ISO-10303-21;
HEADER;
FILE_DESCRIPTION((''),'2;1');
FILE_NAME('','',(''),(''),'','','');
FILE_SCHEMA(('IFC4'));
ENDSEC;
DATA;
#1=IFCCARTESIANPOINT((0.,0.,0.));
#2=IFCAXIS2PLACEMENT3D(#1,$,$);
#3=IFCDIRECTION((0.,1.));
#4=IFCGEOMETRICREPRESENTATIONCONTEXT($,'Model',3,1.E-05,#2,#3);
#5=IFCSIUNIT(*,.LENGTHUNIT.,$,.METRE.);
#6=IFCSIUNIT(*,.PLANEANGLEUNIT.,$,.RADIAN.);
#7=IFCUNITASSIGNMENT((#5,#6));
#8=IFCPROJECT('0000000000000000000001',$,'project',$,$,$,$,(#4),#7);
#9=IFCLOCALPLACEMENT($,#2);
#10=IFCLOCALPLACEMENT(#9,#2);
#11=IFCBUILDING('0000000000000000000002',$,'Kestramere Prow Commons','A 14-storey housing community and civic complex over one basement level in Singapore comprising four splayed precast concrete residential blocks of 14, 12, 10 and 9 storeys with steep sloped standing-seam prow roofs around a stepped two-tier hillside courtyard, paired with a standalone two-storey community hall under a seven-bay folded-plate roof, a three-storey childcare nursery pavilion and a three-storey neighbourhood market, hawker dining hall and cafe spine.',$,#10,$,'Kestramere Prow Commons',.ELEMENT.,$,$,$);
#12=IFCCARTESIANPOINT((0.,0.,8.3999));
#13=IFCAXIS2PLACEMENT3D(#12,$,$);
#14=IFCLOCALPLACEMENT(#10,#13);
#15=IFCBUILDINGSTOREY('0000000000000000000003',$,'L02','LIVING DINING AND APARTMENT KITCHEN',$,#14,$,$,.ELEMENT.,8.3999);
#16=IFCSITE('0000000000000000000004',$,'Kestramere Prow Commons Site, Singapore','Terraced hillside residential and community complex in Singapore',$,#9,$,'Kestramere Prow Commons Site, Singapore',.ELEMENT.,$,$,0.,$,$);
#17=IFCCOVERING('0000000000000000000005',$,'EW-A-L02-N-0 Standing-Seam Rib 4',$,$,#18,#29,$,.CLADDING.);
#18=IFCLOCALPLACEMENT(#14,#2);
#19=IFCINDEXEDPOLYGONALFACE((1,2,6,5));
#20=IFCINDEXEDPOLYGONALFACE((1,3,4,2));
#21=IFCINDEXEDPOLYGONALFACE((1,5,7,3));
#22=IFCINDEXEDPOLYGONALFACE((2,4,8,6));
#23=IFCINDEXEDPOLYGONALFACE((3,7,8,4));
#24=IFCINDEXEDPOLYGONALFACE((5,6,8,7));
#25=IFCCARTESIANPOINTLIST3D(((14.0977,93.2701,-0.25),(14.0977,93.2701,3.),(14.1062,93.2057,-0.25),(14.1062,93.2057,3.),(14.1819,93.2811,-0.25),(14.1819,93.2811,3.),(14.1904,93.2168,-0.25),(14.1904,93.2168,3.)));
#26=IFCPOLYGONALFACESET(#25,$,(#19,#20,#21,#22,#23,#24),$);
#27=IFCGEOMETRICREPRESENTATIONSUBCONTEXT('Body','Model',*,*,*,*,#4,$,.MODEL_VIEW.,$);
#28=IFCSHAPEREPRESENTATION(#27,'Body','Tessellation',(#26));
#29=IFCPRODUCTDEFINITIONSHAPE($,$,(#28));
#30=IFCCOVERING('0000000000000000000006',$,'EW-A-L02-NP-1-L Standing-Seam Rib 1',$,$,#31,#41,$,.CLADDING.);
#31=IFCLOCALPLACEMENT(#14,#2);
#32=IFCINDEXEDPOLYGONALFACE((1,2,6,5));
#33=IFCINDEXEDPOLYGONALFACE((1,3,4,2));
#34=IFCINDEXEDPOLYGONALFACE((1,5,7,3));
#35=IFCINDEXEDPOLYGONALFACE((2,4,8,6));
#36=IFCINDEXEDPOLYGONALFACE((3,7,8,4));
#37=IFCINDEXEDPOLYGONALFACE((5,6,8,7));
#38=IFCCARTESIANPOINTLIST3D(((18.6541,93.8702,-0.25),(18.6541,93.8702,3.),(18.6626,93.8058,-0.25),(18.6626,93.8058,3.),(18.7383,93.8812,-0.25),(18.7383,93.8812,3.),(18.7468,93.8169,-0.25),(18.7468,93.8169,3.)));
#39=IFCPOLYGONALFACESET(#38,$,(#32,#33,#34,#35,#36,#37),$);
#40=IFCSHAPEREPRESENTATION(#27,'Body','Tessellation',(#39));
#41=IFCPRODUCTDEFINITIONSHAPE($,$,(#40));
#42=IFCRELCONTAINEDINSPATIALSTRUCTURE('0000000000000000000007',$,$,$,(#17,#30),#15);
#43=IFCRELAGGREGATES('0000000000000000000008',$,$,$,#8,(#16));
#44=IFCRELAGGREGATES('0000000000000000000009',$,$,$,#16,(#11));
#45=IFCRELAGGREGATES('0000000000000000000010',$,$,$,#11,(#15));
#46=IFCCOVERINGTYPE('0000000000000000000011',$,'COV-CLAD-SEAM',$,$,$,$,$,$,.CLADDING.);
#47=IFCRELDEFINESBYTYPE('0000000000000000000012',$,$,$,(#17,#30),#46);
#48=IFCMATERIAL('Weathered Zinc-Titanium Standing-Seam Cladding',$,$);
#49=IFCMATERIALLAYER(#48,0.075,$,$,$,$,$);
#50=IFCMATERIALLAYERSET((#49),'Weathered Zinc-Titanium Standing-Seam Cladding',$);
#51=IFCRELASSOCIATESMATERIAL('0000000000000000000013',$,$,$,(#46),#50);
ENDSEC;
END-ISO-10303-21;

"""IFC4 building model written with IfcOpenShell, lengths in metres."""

from ifc_helpers import new_model, si_unit, direction, frame, origin, origin_2d, place, context, subcontext, project, spatial, rectangle, extrude, material, layer, layer_set, type_object, element, save


model = new_model("IFC4")

# Units and contexts
model_context = context("Model", 3, precision=1e-05, world=origin(), true_north=direction((0.0, 1.0)))
body_context = subcontext(model_context, "Body", "Model", "MODEL_VIEW")
ifc_project = project(units=[si_unit("LENGTHUNIT", "METRE"), si_unit("PLANEANGLEUNIT", "RADIAN")], contexts=[model_context])

# Site, building, storey
site_placement = place(None, origin())
site = spatial("IfcSite", under=ifc_project, at=site_placement, Name="Kestramere Prow Commons Site, Singapore", Description="Terraced hillside residential and community complex in Singapore", LongName="Kestramere Prow Commons Site, Singapore", CompositionType="ELEMENT", RefElevation=0.0)
building_placement = place(site_placement, origin())
building = spatial("IfcBuilding", under=site, at=building_placement, Name="Kestramere Prow Commons", Description="A 14-storey housing community and civic complex over one basement level in Singapore comprising four splayed precast concrete residential blocks of 14, 12, 10 and 9 storeys with steep sloped standing-seam prow roofs around a stepped two-tier hillside courtyard, paired with a standalone two-storey community hall under a seven-bay folded-plate roof, a three-storey childcare nursery pavilion and a three-storey neighbourhood market, hawker dining hall and cafe spine.", LongName="Kestramere Prow Commons", CompositionType="ELEMENT")
storey_placement = place(building_placement, frame((0.0, 0.0, 8.3999)))
storey = spatial("IfcBuildingStorey", under=building, at=storey_placement, Name="L02", Description="LIVING DINING AND APARTMENT KITCHEN", CompositionType="ELEMENT", Elevation=8.3999)

# Coverings
ifc_material_1 = material(Name="Weathered Zinc-Titanium Standing-Seam Cladding")
ifc_layer_1 = layer(ifc_material_1, 0.075)
ifc_layer_set_1 = layer_set([ifc_layer_1], Name="Weathered Zinc-Titanium Standing-Seam Cladding")
covering_type = type_object("IfcCoveringType", Name="COV-CLAD-SEAM", PredefinedType="CLADDING", material=ifc_layer_set_1)
for number, where, z_axis, x_axis, name in (
    (1, (14.144, 93.2434, -0.25), (0.0, 0.0, 1.0), (0.991445, 0.130526, 0.0), "EW-A-L02-N-0 Standing-Seam Rib 4"),
    (2, (18.7004, 93.8435, -0.25), (0.0, 0.0, 1.0), (0.991445, 0.130526, 0.0), "EW-A-L02-NP-1-L Standing-Seam Rib 1"),
):
    element("IfcCovering", number, at=place(storey_placement, frame(where, z_axis=z_axis, x_axis=x_axis)), inside=storey, type_object=covering_type, Name=name, PredefinedType="CLADDING", context=body_context, shape_type="SweptSolid", body=[
        extrude(rectangle(XDim=0.085, YDim=0.0649, at=origin_2d()), origin(), (0.0, 0.0, 1.0), 3.25),
    ])

save(model, "model.ifc")
